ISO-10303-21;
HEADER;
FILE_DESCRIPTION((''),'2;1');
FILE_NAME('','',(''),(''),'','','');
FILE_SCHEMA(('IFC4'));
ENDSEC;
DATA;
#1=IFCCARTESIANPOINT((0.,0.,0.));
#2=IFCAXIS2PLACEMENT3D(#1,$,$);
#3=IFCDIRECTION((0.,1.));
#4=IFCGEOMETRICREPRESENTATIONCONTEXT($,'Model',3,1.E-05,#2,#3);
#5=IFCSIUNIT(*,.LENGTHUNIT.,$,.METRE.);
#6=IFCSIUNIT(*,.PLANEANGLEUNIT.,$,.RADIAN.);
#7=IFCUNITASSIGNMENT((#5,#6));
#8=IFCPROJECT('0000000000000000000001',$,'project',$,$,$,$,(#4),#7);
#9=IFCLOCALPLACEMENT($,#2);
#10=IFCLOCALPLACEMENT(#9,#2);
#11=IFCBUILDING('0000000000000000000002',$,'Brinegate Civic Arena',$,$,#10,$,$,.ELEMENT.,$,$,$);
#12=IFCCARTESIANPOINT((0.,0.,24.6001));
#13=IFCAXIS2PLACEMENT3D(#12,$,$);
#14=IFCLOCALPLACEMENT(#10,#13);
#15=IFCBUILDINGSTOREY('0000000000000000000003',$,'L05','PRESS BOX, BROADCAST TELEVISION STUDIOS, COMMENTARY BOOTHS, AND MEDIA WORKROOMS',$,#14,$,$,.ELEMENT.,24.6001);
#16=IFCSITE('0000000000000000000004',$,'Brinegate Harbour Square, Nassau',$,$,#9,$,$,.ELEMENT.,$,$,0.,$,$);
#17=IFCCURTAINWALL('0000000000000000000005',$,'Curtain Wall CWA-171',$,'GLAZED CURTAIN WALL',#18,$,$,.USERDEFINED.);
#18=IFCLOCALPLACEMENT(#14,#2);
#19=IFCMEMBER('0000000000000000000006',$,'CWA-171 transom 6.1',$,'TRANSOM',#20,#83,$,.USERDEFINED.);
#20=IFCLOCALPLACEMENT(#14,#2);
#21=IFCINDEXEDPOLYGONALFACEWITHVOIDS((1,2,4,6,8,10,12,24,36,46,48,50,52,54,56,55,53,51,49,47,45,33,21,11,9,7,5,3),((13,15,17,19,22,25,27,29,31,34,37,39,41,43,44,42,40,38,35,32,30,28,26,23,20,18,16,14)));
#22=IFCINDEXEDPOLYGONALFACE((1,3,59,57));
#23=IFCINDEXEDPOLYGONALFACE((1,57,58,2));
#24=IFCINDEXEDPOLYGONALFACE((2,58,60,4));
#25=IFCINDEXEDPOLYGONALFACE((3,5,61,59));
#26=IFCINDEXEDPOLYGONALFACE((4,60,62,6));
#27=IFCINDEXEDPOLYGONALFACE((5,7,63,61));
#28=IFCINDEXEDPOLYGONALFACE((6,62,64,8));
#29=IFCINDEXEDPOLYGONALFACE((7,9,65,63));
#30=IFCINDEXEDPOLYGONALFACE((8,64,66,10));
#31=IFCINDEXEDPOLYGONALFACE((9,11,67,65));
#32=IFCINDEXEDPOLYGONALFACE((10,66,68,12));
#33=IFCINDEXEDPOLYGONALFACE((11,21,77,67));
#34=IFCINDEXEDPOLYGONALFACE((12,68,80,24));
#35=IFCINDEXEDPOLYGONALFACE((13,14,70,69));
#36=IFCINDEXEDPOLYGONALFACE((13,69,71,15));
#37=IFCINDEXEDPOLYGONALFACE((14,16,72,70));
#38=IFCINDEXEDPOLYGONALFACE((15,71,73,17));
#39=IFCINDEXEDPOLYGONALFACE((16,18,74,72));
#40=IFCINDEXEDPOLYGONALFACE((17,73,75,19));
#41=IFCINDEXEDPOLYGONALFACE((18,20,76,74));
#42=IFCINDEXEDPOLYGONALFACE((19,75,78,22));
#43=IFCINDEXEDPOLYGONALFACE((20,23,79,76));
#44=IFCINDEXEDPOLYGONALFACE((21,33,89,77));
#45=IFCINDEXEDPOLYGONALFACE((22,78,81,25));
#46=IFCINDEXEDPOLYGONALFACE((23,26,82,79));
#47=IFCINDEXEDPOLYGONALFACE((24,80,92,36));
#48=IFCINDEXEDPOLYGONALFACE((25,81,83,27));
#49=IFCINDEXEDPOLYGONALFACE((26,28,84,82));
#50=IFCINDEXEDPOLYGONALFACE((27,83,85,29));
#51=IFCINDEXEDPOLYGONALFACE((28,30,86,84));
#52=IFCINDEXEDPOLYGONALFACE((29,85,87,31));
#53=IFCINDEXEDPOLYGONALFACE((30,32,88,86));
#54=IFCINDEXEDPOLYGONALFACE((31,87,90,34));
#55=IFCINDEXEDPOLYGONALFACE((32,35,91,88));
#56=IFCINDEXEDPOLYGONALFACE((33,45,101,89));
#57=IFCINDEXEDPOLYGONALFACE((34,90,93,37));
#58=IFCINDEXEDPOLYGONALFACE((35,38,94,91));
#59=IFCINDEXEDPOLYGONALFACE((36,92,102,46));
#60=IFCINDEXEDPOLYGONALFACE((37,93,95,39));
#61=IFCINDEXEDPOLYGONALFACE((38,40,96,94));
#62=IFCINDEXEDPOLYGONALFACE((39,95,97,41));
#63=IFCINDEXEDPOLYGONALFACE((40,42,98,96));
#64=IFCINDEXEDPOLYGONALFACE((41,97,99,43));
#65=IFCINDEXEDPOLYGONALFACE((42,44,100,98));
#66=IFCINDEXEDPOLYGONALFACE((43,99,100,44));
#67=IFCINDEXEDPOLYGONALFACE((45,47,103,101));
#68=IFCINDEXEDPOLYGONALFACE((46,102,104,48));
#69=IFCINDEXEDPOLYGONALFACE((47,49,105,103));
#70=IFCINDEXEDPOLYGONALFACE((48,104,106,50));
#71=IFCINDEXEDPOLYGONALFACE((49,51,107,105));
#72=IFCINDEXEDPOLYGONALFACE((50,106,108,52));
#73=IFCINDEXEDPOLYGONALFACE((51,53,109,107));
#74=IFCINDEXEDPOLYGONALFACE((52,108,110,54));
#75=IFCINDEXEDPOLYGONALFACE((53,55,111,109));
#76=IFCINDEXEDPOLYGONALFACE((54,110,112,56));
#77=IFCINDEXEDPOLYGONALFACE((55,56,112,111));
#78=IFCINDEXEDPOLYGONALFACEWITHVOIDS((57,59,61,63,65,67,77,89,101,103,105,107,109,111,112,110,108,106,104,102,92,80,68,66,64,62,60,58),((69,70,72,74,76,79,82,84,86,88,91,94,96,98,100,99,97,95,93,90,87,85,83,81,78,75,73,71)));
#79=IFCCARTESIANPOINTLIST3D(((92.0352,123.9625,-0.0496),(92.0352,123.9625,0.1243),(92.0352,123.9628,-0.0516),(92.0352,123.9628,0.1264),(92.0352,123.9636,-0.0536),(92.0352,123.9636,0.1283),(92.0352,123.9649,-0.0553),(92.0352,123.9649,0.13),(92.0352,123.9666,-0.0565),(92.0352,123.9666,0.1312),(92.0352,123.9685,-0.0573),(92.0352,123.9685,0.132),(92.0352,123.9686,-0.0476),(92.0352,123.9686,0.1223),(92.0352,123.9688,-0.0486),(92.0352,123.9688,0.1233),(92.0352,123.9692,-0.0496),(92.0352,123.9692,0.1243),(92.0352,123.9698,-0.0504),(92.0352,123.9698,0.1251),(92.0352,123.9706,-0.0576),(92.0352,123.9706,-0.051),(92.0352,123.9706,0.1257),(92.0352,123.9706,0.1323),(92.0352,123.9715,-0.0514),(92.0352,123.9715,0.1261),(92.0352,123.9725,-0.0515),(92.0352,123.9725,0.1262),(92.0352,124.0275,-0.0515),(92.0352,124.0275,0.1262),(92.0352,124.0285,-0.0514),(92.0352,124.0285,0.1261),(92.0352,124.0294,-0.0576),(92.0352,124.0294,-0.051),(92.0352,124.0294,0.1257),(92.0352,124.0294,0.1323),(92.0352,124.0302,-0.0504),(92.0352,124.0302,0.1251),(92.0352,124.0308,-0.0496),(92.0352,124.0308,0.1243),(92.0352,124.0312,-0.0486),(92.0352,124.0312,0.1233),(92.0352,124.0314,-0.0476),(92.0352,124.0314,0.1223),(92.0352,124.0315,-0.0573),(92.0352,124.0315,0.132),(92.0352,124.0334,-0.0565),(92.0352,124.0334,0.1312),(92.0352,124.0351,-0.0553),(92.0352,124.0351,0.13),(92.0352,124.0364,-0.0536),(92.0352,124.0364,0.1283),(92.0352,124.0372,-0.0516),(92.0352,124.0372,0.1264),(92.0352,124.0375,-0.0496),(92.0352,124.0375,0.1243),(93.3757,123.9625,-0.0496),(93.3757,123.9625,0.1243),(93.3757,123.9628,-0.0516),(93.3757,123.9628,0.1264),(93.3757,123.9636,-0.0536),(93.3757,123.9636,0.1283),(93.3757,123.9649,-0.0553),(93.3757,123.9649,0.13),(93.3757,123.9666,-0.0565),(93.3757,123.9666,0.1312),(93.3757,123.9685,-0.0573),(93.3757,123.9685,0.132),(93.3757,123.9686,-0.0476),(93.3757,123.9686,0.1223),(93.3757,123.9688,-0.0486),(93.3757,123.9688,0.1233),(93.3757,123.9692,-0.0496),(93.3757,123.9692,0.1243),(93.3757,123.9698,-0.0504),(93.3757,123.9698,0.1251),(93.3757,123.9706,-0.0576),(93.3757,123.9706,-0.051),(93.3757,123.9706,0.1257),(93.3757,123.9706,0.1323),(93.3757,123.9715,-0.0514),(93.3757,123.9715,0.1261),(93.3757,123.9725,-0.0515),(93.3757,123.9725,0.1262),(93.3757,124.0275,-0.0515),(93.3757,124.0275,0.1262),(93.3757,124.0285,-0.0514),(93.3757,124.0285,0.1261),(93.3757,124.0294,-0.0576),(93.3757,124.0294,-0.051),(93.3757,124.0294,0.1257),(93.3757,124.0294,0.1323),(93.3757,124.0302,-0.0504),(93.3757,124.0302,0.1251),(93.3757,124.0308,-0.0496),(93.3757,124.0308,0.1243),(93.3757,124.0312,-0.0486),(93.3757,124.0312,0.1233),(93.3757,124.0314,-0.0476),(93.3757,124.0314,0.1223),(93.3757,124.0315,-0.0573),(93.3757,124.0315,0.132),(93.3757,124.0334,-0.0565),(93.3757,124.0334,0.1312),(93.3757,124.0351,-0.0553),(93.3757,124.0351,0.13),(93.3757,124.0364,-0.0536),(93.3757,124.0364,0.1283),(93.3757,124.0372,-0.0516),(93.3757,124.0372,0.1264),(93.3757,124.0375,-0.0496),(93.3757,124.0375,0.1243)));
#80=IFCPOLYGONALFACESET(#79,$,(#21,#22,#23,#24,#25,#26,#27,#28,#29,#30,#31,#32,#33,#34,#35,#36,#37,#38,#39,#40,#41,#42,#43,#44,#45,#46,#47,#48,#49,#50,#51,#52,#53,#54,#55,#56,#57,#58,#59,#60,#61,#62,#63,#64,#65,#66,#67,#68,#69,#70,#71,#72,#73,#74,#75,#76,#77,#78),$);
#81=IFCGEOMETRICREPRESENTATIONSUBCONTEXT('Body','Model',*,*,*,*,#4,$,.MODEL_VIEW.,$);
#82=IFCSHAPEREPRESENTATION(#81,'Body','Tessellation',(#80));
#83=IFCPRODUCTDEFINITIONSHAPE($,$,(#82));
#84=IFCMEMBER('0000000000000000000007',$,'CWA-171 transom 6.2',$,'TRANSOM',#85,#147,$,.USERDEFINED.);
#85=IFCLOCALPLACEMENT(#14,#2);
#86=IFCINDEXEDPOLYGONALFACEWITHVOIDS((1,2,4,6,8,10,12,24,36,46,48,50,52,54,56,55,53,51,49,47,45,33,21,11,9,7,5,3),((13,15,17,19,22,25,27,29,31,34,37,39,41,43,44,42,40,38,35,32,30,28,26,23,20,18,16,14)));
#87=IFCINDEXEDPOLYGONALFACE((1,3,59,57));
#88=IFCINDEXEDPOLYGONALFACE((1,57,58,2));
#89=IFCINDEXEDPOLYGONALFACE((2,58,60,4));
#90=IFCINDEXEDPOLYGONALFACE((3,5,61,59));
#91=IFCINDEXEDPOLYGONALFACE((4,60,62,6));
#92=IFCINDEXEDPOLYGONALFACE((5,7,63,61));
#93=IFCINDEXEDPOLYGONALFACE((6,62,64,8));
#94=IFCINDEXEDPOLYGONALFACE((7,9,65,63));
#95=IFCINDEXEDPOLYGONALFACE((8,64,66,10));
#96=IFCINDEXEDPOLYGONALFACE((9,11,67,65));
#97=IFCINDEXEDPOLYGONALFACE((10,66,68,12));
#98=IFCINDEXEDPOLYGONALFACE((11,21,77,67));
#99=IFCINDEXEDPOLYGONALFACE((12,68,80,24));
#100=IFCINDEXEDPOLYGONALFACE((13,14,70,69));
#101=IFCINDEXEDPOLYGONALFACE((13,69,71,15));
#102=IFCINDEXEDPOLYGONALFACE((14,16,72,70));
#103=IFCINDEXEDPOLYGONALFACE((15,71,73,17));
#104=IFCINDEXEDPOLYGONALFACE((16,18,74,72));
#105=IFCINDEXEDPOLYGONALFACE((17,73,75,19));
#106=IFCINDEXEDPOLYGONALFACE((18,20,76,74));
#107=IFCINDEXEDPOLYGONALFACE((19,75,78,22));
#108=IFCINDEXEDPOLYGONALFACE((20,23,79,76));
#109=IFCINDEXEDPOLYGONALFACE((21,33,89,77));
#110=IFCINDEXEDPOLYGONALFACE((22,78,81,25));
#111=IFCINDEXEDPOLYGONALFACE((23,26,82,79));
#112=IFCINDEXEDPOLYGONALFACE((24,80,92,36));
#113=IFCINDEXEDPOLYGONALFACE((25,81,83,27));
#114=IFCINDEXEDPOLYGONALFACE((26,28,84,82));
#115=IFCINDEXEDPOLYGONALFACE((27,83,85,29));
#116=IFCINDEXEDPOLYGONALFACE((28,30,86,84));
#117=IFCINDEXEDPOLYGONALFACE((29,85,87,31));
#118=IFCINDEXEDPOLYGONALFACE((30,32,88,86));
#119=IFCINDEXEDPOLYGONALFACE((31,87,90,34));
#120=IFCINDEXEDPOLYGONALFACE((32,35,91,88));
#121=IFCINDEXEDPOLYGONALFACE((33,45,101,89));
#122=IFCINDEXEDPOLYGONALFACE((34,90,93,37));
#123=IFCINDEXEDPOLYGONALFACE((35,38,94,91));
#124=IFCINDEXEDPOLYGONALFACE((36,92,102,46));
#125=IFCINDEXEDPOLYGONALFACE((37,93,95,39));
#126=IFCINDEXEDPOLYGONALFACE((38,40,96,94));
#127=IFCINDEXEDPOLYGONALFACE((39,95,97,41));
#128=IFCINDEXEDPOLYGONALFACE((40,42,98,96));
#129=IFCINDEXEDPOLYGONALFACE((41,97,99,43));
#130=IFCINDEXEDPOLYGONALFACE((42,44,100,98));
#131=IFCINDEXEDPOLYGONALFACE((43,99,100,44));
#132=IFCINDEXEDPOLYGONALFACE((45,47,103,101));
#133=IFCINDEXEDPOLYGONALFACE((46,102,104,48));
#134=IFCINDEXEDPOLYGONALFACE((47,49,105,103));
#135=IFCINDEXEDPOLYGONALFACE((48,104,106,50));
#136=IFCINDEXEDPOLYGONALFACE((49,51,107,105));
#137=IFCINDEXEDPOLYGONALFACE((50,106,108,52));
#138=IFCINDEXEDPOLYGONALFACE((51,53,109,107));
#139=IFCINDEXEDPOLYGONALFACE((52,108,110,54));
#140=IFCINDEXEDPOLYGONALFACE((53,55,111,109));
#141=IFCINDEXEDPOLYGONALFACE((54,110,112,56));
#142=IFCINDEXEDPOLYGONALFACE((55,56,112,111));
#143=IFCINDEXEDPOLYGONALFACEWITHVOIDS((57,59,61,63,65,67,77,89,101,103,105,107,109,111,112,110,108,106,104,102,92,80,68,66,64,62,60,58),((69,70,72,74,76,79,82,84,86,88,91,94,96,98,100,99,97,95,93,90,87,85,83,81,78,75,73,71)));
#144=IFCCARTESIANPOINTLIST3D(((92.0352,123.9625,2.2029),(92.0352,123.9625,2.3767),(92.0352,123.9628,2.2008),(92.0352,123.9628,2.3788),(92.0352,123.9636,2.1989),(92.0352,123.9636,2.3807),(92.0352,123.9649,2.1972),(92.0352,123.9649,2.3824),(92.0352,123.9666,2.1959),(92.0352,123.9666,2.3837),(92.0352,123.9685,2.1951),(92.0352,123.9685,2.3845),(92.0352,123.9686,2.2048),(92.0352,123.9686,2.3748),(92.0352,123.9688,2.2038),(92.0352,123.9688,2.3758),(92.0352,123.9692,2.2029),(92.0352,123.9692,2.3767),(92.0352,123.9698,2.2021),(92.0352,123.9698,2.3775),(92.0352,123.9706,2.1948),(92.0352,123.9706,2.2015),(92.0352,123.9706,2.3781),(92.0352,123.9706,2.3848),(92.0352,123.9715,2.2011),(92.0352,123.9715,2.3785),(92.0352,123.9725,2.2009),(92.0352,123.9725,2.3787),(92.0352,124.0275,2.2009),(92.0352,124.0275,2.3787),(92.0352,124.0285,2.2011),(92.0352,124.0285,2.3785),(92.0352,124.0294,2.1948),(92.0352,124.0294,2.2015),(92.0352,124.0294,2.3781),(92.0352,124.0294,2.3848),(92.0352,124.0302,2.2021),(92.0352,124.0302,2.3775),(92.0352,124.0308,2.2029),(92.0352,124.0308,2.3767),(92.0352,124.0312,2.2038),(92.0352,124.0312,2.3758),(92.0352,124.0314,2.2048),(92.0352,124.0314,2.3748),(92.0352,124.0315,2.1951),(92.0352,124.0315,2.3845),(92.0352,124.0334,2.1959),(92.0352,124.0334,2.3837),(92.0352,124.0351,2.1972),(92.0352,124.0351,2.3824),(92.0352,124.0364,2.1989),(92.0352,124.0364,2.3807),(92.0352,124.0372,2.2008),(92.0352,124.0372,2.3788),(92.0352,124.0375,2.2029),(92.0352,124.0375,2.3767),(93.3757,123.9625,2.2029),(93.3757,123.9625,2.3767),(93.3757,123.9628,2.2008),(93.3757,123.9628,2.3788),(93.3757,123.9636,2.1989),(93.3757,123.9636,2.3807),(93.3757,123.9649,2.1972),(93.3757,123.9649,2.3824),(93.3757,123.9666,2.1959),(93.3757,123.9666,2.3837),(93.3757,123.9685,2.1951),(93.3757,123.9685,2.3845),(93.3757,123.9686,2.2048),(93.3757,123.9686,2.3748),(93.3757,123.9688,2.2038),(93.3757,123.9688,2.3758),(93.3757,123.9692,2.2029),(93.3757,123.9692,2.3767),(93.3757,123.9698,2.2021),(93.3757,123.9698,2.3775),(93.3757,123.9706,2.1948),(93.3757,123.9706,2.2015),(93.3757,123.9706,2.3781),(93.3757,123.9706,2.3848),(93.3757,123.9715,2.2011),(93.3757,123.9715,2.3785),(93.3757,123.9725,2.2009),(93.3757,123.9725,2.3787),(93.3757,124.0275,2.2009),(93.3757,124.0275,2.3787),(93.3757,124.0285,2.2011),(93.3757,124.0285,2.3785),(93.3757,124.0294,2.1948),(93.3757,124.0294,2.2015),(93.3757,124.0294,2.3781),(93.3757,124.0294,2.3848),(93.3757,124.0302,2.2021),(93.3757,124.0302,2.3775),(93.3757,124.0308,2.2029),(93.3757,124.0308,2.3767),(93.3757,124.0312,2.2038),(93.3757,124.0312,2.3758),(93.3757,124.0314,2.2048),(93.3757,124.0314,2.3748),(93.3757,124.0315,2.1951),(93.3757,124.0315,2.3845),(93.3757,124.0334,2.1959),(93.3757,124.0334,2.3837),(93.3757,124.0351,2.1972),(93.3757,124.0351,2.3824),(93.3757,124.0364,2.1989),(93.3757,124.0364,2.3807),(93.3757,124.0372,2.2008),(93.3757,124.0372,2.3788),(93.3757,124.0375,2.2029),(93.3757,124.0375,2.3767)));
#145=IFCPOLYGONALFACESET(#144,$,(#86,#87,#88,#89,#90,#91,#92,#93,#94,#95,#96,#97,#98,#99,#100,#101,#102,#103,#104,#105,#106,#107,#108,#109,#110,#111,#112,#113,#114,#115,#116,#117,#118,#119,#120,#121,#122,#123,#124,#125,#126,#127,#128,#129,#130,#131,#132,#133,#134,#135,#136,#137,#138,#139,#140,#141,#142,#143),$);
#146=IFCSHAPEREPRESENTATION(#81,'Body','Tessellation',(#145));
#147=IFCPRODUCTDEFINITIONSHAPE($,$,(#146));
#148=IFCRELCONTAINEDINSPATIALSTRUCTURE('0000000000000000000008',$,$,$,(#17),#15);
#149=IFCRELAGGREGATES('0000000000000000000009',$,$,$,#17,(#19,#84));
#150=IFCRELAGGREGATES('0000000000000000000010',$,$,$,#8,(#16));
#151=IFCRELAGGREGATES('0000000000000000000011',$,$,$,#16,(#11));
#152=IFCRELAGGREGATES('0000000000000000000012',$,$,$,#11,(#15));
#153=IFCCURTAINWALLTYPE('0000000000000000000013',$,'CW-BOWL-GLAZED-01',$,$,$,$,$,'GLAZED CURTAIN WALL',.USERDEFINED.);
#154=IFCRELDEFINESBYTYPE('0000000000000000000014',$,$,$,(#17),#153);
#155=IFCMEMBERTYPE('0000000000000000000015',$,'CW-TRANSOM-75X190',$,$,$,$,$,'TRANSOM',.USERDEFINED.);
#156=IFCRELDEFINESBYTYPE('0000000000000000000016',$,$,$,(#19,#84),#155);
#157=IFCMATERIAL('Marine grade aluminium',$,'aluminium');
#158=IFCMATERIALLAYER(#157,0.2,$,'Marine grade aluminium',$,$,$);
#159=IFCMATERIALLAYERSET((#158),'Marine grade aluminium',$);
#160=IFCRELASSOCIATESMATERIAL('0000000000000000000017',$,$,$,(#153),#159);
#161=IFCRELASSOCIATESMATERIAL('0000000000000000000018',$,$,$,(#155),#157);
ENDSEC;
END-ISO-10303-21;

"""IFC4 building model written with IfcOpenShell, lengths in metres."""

from ifc_helpers import new_model, si_unit, direction, frame, origin, origin_2d, place, context, subcontext, project, spatial, hollow_rectangle, extrude, material, layer, layer_set, material_profile, profile_set, type_object, element, aggregate, save


model = new_model("IFC4")

# Units and contexts
model_context = context("Model", 3, precision=1e-05, world=origin(), true_north=direction((0.0, 1.0)))
body_context = subcontext(model_context, "Body", "Model", "MODEL_VIEW")
ifc_project = project(units=[si_unit("LENGTHUNIT", "METRE"), si_unit("PLANEANGLEUNIT", "RADIAN")], contexts=[model_context])

# Site, building, storey
site_placement = place(None, origin())
site = spatial("IfcSite", under=ifc_project, at=site_placement, Name="Brinegate Harbour Square, Nassau", CompositionType="ELEMENT", RefElevation=0.0)
building_placement = place(site_placement, origin())
building = spatial("IfcBuilding", under=site, at=building_placement, Name="Brinegate Civic Arena", CompositionType="ELEMENT")
storey_placement = place(building_placement, frame((0.0, 0.0, 24.6001)))
storey = spatial("IfcBuildingStorey", under=building, at=storey_placement, Name="L05", Description="PRESS BOX, BROADCAST TELEVISION STUDIOS, COMMENTARY BOOTHS, AND MEDIA WORKROOMS", CompositionType="ELEMENT", Elevation=24.6001)

# Curtain wall, members
ifc_material_1 = material(Name="Marine grade aluminium", Category="aluminium")
ifc_layer_1 = layer(ifc_material_1, 0.2, Name="Marine grade aluminium")
ifc_layer_set_1 = layer_set([ifc_layer_1], Name="Marine grade aluminium")
curtain_wall_type = type_object("IfcCurtainWallType", Name="CW-BOWL-GLAZED-01", ElementType="GLAZED CURTAIN WALL", PredefinedType="USERDEFINED", material=ifc_layer_set_1)
curtain_wall_placement = place(storey_placement, origin())
curtain_wall = element("IfcCurtainWall", 1, at=curtain_wall_placement, inside=storey, type_object=curtain_wall_type, Name="Curtain Wall CWA-171", ObjectType="GLAZED CURTAIN WALL", PredefinedType="USERDEFINED")
ifc_material_profile_1 = material_profile(ifc_material_1, hollow_rectangle(XDim=0.075, YDim=0.1899, WallThickness=0.0061, InnerFilletRadius=0.0039, OuterFilletRadius=0.0081, at=origin_2d()), Name="TRN75X190")
ifc_profile_set_1 = profile_set([ifc_material_profile_1], Name="Marine grade aluminium")
member_type_1 = type_object("IfcMemberType", Name="CW-TRANSOM-75X190", ElementType="TRANSOM", PredefinedType="USERDEFINED", material=ifc_profile_set_1)
member_1_placement = place(storey_placement, frame((92.0352, 124.0, 0.0374), z_axis=(1.0, 0.0, 0.0), x_axis=(0.0, 1.0, 0.0)))
member_1 = element("IfcMember", 2, at=member_1_placement, type_object=member_type_1, Name="CWA-171 transom 6.1", ObjectType="TRANSOM", PredefinedType="USERDEFINED", context=body_context, shape_type="SweptSolid", body=[
    extrude(hollow_rectangle(XDim=0.075, YDim=0.1899, WallThickness=0.0061, InnerFilletRadius=0.0039, OuterFilletRadius=0.0081, at=origin_2d()), origin(), (0.0, 0.0, 1.0), 1.3406),
])
member_2_placement = place(storey_placement, frame((92.0352, 124.0, 2.2898), z_axis=(1.0, 0.0, 0.0), x_axis=(0.0, 1.0, 0.0)))
member_2 = element("IfcMember", 3, at=member_2_placement, type_object=member_type_1, Name="CWA-171 transom 6.2", ObjectType="TRANSOM", PredefinedType="USERDEFINED", context=body_context, shape_type="SweptSolid", body=[
    extrude(hollow_rectangle(XDim=0.075, YDim=0.1899, WallThickness=0.0061, InnerFilletRadius=0.0039, OuterFilletRadius=0.0081, at=origin_2d()), origin(), (0.0, 0.0, 1.0), 1.3406),
])
aggregate(curtain_wall, [member_1, member_2])

save(model, "model.ifc")
